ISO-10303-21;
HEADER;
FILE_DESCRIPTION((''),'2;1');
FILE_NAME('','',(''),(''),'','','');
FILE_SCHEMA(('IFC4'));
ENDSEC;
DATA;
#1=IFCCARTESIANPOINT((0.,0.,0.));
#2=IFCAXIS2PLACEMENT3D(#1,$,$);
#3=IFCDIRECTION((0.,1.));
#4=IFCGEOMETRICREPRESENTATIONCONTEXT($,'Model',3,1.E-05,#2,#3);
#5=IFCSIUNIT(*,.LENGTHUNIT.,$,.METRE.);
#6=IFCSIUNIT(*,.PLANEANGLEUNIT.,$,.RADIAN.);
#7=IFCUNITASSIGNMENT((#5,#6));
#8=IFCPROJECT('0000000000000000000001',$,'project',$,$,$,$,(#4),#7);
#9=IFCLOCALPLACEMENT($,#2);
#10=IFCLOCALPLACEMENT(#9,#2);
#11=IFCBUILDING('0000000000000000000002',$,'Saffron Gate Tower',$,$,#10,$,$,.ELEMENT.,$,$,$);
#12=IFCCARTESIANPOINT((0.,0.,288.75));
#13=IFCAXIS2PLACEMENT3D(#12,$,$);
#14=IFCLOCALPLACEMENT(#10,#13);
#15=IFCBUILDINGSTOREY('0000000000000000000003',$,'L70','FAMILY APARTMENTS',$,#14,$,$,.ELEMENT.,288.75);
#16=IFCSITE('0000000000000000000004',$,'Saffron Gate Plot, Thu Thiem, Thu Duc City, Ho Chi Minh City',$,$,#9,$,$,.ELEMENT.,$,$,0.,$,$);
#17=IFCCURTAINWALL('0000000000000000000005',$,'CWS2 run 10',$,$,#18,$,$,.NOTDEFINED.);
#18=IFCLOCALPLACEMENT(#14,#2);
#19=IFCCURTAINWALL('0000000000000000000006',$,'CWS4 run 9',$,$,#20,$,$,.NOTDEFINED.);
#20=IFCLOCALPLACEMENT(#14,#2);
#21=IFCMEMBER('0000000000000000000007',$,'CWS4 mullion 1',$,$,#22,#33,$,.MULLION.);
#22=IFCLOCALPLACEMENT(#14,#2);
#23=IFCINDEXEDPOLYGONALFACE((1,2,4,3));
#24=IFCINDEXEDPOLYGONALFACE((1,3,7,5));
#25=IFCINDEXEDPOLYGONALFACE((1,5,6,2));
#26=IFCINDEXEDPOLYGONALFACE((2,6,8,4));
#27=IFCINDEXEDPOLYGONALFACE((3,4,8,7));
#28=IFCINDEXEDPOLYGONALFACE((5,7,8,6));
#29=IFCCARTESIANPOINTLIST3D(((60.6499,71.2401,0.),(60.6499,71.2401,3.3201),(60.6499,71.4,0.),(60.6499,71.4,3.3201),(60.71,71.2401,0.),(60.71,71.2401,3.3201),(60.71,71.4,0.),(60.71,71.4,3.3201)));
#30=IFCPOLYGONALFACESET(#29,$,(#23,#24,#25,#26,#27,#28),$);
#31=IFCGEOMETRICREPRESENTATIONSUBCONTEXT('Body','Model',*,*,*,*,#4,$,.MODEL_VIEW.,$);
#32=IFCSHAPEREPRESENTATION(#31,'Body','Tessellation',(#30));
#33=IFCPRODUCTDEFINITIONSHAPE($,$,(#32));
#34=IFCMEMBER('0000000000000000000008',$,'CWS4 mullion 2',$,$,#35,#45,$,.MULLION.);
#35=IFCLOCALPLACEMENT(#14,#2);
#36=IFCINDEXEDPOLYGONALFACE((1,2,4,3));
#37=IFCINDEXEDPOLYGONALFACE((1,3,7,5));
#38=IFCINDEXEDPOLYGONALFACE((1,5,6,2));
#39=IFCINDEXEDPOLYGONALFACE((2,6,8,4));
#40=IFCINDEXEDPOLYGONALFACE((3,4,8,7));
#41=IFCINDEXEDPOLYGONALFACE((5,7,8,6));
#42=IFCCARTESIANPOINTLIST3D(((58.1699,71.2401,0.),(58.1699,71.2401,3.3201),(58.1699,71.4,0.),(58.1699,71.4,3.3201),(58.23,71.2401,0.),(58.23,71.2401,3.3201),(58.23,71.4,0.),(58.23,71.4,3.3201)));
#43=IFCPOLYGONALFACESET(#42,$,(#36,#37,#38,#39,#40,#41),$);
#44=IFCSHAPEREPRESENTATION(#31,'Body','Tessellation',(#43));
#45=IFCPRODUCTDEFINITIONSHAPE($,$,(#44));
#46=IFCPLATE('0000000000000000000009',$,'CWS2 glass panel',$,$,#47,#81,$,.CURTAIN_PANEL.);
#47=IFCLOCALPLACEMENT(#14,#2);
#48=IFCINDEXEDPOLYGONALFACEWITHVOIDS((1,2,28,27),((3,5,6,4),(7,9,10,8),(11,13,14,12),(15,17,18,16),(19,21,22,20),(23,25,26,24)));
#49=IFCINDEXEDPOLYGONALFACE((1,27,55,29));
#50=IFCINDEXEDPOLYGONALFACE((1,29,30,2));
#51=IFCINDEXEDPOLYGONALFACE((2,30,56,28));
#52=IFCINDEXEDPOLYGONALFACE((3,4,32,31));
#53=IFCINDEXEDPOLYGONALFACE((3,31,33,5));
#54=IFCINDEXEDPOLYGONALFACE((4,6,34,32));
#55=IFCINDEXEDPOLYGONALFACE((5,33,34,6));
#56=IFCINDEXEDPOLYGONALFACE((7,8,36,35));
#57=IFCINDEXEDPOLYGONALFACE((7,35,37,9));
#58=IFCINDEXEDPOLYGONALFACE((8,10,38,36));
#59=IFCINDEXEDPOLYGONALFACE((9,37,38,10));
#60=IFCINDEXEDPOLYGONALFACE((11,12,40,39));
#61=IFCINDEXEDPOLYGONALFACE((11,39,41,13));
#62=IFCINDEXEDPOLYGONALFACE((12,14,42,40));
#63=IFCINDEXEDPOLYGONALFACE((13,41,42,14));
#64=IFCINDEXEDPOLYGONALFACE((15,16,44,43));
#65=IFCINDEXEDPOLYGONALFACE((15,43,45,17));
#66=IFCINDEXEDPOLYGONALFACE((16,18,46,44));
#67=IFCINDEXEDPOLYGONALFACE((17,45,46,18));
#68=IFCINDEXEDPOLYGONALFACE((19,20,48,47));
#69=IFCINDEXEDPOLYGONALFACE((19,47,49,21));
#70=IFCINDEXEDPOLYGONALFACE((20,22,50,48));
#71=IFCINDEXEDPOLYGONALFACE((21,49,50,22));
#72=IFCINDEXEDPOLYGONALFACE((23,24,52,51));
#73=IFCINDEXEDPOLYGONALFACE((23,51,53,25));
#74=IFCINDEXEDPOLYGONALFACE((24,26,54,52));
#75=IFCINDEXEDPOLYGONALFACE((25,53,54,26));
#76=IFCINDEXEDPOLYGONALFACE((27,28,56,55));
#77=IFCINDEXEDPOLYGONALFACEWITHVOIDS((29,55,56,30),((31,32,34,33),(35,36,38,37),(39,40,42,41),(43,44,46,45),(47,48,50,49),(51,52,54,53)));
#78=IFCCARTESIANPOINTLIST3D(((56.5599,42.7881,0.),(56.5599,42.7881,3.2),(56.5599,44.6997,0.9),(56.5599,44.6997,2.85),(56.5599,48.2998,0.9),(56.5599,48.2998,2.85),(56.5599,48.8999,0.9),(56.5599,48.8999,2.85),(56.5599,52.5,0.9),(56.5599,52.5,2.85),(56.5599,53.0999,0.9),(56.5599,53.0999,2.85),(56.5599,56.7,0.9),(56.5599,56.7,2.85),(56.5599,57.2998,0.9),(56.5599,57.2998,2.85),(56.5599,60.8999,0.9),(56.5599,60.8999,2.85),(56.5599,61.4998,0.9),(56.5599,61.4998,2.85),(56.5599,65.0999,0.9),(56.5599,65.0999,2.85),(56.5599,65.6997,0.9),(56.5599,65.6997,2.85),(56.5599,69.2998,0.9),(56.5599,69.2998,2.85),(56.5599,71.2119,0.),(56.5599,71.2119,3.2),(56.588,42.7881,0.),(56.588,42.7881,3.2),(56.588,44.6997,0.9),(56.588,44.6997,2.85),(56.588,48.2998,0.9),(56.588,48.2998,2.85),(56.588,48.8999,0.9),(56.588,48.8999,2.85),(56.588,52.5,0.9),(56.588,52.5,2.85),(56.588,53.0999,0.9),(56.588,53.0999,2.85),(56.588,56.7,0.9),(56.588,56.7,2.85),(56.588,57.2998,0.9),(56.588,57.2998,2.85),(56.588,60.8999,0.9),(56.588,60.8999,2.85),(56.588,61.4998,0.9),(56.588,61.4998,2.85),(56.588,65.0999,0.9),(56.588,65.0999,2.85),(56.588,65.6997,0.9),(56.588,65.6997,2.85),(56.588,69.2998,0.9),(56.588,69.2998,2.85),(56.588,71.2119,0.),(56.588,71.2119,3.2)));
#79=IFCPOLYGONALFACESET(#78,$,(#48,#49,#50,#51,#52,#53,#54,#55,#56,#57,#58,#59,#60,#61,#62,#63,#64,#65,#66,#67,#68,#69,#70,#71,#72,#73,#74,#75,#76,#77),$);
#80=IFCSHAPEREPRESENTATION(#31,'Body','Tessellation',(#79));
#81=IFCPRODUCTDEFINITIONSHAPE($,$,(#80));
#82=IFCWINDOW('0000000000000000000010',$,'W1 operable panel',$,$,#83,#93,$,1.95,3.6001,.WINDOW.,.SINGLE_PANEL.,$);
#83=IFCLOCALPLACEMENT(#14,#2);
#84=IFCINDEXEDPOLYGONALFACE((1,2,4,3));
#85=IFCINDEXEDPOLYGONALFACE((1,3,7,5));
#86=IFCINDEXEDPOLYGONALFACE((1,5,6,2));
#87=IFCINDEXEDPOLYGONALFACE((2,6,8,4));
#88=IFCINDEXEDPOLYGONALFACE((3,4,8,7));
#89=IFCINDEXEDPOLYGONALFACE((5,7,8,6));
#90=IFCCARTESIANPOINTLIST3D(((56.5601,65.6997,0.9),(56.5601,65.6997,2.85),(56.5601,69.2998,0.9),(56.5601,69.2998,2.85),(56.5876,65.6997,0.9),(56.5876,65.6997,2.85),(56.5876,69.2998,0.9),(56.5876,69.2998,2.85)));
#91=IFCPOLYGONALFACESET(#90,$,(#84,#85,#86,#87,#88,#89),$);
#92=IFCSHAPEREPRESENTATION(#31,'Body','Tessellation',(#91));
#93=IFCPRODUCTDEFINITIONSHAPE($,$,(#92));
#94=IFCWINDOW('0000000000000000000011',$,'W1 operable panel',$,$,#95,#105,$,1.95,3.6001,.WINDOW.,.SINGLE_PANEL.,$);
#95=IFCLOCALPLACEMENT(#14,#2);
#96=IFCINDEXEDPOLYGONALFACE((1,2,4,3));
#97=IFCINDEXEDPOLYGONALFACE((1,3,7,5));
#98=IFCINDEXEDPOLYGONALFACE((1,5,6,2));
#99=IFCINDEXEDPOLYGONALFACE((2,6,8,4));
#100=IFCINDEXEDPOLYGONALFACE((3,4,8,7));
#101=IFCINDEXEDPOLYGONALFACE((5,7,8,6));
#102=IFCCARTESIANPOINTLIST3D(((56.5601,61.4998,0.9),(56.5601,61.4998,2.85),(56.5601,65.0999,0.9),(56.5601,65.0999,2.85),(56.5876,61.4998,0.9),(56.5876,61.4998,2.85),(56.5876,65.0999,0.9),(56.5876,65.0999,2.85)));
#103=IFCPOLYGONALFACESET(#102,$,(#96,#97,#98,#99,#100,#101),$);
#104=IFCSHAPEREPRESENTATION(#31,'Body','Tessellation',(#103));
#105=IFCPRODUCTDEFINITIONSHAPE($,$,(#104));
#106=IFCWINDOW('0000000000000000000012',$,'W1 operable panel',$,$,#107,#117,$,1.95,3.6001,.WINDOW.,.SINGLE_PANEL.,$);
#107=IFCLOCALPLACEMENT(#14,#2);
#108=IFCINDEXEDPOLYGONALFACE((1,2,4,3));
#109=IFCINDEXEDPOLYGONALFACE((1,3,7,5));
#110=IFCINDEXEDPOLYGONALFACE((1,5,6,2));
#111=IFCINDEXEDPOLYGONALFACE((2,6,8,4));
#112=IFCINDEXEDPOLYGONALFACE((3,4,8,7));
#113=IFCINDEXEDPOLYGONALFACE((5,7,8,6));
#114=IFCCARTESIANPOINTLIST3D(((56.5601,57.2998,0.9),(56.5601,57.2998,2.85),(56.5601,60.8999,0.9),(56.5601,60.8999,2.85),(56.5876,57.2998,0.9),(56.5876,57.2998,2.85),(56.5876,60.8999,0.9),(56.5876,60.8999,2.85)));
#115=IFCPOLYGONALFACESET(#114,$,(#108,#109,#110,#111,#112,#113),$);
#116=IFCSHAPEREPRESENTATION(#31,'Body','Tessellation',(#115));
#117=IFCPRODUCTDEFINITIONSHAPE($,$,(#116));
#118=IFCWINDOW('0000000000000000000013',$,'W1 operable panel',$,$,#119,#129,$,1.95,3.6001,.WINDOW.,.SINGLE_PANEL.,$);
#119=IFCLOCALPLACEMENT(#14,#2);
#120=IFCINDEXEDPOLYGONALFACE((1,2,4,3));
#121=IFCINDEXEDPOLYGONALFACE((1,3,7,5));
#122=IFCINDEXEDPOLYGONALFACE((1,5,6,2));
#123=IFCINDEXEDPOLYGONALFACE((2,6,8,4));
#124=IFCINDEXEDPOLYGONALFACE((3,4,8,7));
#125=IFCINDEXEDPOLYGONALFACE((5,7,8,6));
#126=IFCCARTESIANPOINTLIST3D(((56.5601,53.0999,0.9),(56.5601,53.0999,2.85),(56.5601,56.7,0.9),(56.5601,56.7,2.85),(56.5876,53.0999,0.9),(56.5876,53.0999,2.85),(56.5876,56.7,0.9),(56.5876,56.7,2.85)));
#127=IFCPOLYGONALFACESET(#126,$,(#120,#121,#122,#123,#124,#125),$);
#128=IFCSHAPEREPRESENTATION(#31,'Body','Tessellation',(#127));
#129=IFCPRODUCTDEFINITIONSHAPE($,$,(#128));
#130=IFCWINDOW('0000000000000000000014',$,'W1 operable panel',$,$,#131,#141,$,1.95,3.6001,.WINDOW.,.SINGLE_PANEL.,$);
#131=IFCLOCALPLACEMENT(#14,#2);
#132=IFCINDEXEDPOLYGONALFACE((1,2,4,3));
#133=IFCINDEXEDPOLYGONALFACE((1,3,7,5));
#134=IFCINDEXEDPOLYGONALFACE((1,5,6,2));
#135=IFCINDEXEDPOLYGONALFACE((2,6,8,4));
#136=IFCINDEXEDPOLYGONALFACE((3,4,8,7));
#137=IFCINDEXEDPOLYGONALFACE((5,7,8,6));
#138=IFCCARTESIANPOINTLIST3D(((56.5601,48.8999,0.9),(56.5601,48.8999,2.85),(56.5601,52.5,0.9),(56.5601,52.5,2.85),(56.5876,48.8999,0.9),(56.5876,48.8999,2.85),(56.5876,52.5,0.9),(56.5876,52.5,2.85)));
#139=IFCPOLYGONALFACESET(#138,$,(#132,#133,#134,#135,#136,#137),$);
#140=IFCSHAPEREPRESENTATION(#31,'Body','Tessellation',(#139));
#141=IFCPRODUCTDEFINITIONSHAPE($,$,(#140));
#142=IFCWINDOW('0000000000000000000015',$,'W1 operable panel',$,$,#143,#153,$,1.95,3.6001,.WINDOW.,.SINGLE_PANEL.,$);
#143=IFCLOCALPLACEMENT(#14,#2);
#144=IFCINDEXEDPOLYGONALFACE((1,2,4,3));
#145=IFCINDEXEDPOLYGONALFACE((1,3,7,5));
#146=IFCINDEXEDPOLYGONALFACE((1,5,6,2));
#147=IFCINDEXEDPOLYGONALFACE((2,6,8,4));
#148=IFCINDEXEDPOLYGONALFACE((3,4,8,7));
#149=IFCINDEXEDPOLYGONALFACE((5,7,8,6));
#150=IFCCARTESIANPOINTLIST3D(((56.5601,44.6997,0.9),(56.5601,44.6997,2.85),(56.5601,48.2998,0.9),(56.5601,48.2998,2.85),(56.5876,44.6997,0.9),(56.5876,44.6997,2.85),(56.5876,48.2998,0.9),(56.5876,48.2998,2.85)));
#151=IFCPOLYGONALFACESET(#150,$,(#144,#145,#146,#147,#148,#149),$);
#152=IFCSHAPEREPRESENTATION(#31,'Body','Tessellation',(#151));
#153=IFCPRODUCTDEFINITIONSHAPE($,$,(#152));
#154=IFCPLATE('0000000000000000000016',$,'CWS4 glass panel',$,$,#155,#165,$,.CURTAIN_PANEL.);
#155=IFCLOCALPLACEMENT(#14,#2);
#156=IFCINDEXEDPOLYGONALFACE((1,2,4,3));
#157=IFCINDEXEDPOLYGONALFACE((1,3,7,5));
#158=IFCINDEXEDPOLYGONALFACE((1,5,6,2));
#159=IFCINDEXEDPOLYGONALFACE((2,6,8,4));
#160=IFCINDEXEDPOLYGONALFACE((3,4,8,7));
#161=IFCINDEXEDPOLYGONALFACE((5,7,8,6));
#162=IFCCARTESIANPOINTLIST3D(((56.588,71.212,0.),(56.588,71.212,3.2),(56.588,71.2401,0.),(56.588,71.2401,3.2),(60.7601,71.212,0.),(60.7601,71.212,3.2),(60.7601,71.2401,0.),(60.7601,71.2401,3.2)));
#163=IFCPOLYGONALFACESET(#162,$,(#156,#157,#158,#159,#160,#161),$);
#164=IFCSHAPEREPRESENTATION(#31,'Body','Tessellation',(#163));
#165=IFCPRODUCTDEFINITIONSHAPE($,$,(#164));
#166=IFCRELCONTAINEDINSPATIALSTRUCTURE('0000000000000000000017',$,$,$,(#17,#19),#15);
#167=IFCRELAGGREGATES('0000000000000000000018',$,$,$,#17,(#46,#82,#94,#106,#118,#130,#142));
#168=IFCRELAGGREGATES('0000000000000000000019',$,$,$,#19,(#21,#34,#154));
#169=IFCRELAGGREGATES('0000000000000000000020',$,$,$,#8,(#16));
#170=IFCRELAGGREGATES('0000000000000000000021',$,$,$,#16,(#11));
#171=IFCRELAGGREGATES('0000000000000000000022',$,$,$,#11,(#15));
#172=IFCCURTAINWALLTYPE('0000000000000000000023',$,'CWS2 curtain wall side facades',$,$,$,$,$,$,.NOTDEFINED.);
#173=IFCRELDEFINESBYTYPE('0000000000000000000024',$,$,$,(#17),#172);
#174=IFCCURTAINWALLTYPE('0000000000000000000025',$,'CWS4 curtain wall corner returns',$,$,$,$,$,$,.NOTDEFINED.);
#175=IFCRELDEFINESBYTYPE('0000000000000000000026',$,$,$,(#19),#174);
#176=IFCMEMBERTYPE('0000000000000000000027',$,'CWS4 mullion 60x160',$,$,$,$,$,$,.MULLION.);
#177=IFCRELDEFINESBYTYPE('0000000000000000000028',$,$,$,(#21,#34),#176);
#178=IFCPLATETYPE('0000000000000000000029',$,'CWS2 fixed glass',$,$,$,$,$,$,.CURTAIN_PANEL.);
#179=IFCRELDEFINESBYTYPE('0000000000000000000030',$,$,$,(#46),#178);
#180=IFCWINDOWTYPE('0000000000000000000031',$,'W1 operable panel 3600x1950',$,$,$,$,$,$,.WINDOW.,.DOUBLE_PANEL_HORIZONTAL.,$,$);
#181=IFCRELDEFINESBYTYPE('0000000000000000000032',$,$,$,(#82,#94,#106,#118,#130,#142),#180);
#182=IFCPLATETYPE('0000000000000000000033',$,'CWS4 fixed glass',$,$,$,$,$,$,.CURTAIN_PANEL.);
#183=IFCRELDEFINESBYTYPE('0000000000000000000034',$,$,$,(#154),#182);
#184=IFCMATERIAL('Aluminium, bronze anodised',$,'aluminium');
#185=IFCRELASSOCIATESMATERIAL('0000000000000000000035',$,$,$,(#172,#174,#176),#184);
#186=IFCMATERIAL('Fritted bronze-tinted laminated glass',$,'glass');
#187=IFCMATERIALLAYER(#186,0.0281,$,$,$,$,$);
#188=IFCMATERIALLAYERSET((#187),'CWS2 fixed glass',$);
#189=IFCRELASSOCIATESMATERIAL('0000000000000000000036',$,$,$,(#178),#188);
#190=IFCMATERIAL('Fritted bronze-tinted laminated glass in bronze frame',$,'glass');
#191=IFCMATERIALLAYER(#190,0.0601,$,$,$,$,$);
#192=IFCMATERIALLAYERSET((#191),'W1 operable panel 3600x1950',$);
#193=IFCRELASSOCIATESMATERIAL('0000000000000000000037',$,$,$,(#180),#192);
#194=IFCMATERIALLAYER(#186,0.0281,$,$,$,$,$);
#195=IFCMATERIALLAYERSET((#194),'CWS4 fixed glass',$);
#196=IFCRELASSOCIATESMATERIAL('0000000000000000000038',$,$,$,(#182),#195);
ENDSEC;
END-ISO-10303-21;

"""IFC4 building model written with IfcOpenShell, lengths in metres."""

from ifc_helpers import new_model, si_unit, direction, frame, frame_2d, origin, origin_2d, place, context, subcontext, project, spatial, rectangle, extrude, material, layer, layer_set, material_profile, profile_set, type_object, element, fill, aggregate, save


model = new_model("IFC4")

# Units and contexts
model_context = context("Model", 3, precision=1e-05, world=origin(), true_north=direction((0.0, 1.0)))
body_context = subcontext(model_context, "Body", "Model", "MODEL_VIEW")
ifc_project = project(units=[si_unit("LENGTHUNIT", "METRE"), si_unit("PLANEANGLEUNIT", "RADIAN")], contexts=[model_context])

# Site, building, storey
site_placement = place(None, origin())
site = spatial("IfcSite", under=ifc_project, at=site_placement, Name="Saffron Gate Plot, Thu Thiem, Thu Duc City, Ho Chi Minh City", CompositionType="ELEMENT", RefElevation=0.0)
building_placement = place(site_placement, origin())
building = spatial("IfcBuilding", under=site, at=building_placement, Name="Saffron Gate Tower", CompositionType="ELEMENT")
storey_placement = place(building_placement, frame((0.0, 0.0, 288.75)))
storey = spatial("IfcBuildingStorey", under=building, at=storey_placement, Name="L70", Description="FAMILY APARTMENTS", CompositionType="ELEMENT", Elevation=288.75)

# Curtain walls, members
ifc_material_1 = material(Name="Aluminium, bronze anodised", Category="aluminium")
curtain_wall_type_1 = type_object("IfcCurtainWallType", Name="CWS2 curtain wall side facades", PredefinedType="NOTDEFINED", material=ifc_material_1)
curtain_wall_1_placement = place(storey_placement, origin())
curtain_wall_1 = element("IfcCurtainWall", 1, at=curtain_wall_1_placement, inside=storey, type_object=curtain_wall_type_1, Name="CWS2 run 10", PredefinedType="NOTDEFINED")
curtain_wall_type_2 = type_object("IfcCurtainWallType", Name="CWS4 curtain wall corner returns", PredefinedType="NOTDEFINED", material=ifc_material_1)
curtain_wall_2_placement = place(storey_placement, origin())
curtain_wall_2 = element("IfcCurtainWall", 2, at=curtain_wall_2_placement, inside=storey, type_object=curtain_wall_type_2, Name="CWS4 run 9", PredefinedType="NOTDEFINED")
ifc_material_profile_1 = material_profile(ifc_material_1, rectangle(XDim=0.1599, YDim=0.0601, at=origin_2d()))
ifc_profile_set_1 = profile_set([ifc_material_profile_1], Name="Aluminium, bronze anodised")
member_type_1 = type_object("IfcMemberType", Name="CWS4 mullion 60x160", PredefinedType="MULLION", material=ifc_profile_set_1)
member_1_placement = place(storey_placement, frame((60.6799, 71.3201, 0.0), z_axis=(0.0, 0.0, 1.0), x_axis=(0.0, -1.0, 0.0)))
member_1 = element("IfcMember", 3, at=member_1_placement, type_object=member_type_1, Name="CWS4 mullion 1", PredefinedType="MULLION", context=body_context, shape_type="SweptSolid", body=[
    extrude(rectangle(XDim=0.1599, YDim=0.0601, at=origin_2d()), origin(), (0.0, 0.0, 1.0), 3.3201),
])
member_2_placement = place(storey_placement, frame((58.2, 71.3201, 0.0), z_axis=(0.0, 0.0, 1.0), x_axis=(0.0, -1.0, 0.0)))
member_2 = element("IfcMember", 4, at=member_2_placement, type_object=member_type_1, Name="CWS4 mullion 2", PredefinedType="MULLION", context=body_context, shape_type="SweptSolid", body=[
    extrude(rectangle(XDim=0.1599, YDim=0.0601, at=origin_2d()), origin(), (0.0, 0.0, 1.0), 3.3201),
])

# Plate, openings, windows
ifc_material_2 = material(Name="Fritted bronze-tinted laminated glass", Category="glass")
ifc_layer_1 = layer(ifc_material_2, 0.0281)
ifc_layer_set_1 = layer_set([ifc_layer_1], Name="CWS2 fixed glass")
plate_type_1 = type_object("IfcPlateType", Name="CWS2 fixed glass", PredefinedType="CURTAIN_PANEL", material=ifc_layer_set_1)
plate_1_placement = place(storey_placement, frame((56.574, 71.2119, 0.0), z_axis=(0.0, 0.0, 1.0), x_axis=(0.0, -1.0, 0.0)))
plate_1 = element("IfcPlate", 5, at=plate_1_placement, type_object=plate_type_1, Name="CWS2 glass panel", PredefinedType="CURTAIN_PANEL", context=body_context, shape_type="SweptSolid", body=[
    extrude(rectangle(XDim=28.4238, YDim=0.0281, at=frame_2d((14.2119, 0.0))), origin(), (0.0, 0.0, 1.0), 3.2),
])
opening_1_placement = place(plate_1_placement, frame((1.9121, 0.0, 0.8999)))
opening_1 = element("IfcOpeningElement", 6, at=opening_1_placement, cuts=plate_1, PredefinedType="OPENING", context=body_context, shape_type="SweptSolid", body=[
    extrude(rectangle(XDim=3.6001, YDim=1.95, at=frame_2d((1.8, 0.9751))), frame((0.0, 0.0239, 0.0), z_axis=(0.0, -1.0, 0.0), x_axis=(1.0, 0.0, 0.0)), (0.0, 0.0, 1.0), 0.0481),
])
opening_2_placement = place(plate_1_placement, frame((6.1121, 0.0, 0.8999)))
opening_2 = element("IfcOpeningElement", 7, at=opening_2_placement, cuts=plate_1, PredefinedType="OPENING", context=body_context, shape_type="SweptSolid", body=[
    extrude(rectangle(XDim=3.6001, YDim=1.95, at=frame_2d((1.8, 0.9751))), frame((0.0, 0.0239, 0.0), z_axis=(0.0, -1.0, 0.0), x_axis=(1.0, 0.0, 0.0)), (0.0, 0.0, 1.0), 0.0481),
])
opening_3_placement = place(plate_1_placement, frame((10.312, 0.0, 0.8999)))
opening_3 = element("IfcOpeningElement", 8, at=opening_3_placement, cuts=plate_1, PredefinedType="OPENING", context=body_context, shape_type="SweptSolid", body=[
    extrude(rectangle(XDim=3.6001, YDim=1.95, at=frame_2d((1.8, 0.9751))), frame((0.0, 0.0239, 0.0), z_axis=(0.0, -1.0, 0.0), x_axis=(1.0, 0.0, 0.0)), (0.0, 0.0, 1.0), 0.0481),
])
opening_4_placement = place(plate_1_placement, frame((14.512, 0.0, 0.8999)))
opening_4 = element("IfcOpeningElement", 9, at=opening_4_placement, cuts=plate_1, PredefinedType="OPENING", context=body_context, shape_type="SweptSolid", body=[
    extrude(rectangle(XDim=3.6001, YDim=1.95, at=frame_2d((1.8, 0.9751))), frame((0.0, 0.0239, 0.0), z_axis=(0.0, -1.0, 0.0), x_axis=(1.0, 0.0, 0.0)), (0.0, 0.0, 1.0), 0.0481),
])
opening_5_placement = place(plate_1_placement, frame((18.7119, 0.0, 0.8999)))
opening_5 = element("IfcOpeningElement", 10, at=opening_5_placement, cuts=plate_1, PredefinedType="OPENING", context=body_context, shape_type="SweptSolid", body=[
    extrude(rectangle(XDim=3.6001, YDim=1.95, at=frame_2d((1.8, 0.9751))), frame((0.0, 0.0239, 0.0), z_axis=(0.0, -1.0, 0.0), x_axis=(1.0, 0.0, 0.0)), (0.0, 0.0, 1.0), 0.0481),
])
opening_6_placement = place(plate_1_placement, frame((22.9121, 0.0, 0.8999)))
opening_6 = element("IfcOpeningElement", 11, at=opening_6_placement, cuts=plate_1, PredefinedType="OPENING", context=body_context, shape_type="SweptSolid", body=[
    extrude(rectangle(XDim=3.6001, YDim=1.95, at=frame_2d((1.8, 0.9751))), frame((0.0, 0.0239, 0.0), z_axis=(0.0, -1.0, 0.0), x_axis=(1.0, 0.0, 0.0)), (0.0, 0.0, 1.0), 0.0481),
])
ifc_material_3 = material(Name="Fritted bronze-tinted laminated glass in bronze frame", Category="glass")
ifc_layer_2 = layer(ifc_material_3, 0.0601)
ifc_layer_set_2 = layer_set([ifc_layer_2], Name="W1 operable panel 3600x1950")
window_type = type_object("IfcWindowType", Name="W1 operable panel 3600x1950", PartitioningType="DOUBLE_PANEL_HORIZONTAL", PredefinedType="WINDOW", material=ifc_layer_set_2)
window_1_placement = place(opening_1_placement, origin())
window_1 = element("IfcWindow", 12, at=window_1_placement, type_object=window_type, Name="W1 operable panel", OverallHeight=1.95, OverallWidth=3.6001, PartitioningType="SINGLE_PANEL", PredefinedType="WINDOW", context=body_context, shape_type="SweptSolid", body=[
    extrude(rectangle(XDim=3.6001, YDim=1.95, at=frame_2d((1.8, 0.9751))), frame((0.0, 0.0137, 0.0), z_axis=(0.0, -1.0, 0.0), x_axis=(1.0, 0.0, 0.0)), (0.0, 0.0, 1.0), 0.0276),
])
fill(opening_1, window_1)
window_2_placement = place(opening_2_placement, origin())
window_2 = element("IfcWindow", 13, at=window_2_placement, type_object=window_type, Name="W1 operable panel", OverallHeight=1.95, OverallWidth=3.6001, PartitioningType="SINGLE_PANEL", PredefinedType="WINDOW", context=body_context, shape_type="SweptSolid", body=[
    extrude(rectangle(XDim=3.6001, YDim=1.95, at=frame_2d((1.8, 0.9751))), frame((0.0, 0.0137, 0.0), z_axis=(0.0, -1.0, 0.0), x_axis=(1.0, 0.0, 0.0)), (0.0, 0.0, 1.0), 0.0276),
])
fill(opening_2, window_2)
window_3_placement = place(opening_3_placement, origin())
window_3 = element("IfcWindow", 14, at=window_3_placement, type_object=window_type, Name="W1 operable panel", OverallHeight=1.95, OverallWidth=3.6001, PartitioningType="SINGLE_PANEL", PredefinedType="WINDOW", context=body_context, shape_type="SweptSolid", body=[
    extrude(rectangle(XDim=3.6001, YDim=1.95, at=frame_2d((1.8, 0.9751))), frame((0.0, 0.0137, 0.0), z_axis=(0.0, -1.0, 0.0), x_axis=(1.0, 0.0, 0.0)), (0.0, 0.0, 1.0), 0.0276),
])
fill(opening_3, window_3)
window_4_placement = place(opening_4_placement, origin())
window_4 = element("IfcWindow", 15, at=window_4_placement, type_object=window_type, Name="W1 operable panel", OverallHeight=1.95, OverallWidth=3.6001, PartitioningType="SINGLE_PANEL", PredefinedType="WINDOW", context=body_context, shape_type="SweptSolid", body=[
    extrude(rectangle(XDim=3.6001, YDim=1.95, at=frame_2d((1.8, 0.9751))), frame((0.0, 0.0137, 0.0), z_axis=(0.0, -1.0, 0.0), x_axis=(1.0, 0.0, 0.0)), (0.0, 0.0, 1.0), 0.0276),
])
fill(opening_4, window_4)
window_5_placement = place(opening_5_placement, origin())
window_5 = element("IfcWindow", 16, at=window_5_placement, type_object=window_type, Name="W1 operable panel", OverallHeight=1.95, OverallWidth=3.6001, PartitioningType="SINGLE_PANEL", PredefinedType="WINDOW", context=body_context, shape_type="SweptSolid", body=[
    extrude(rectangle(XDim=3.6001, YDim=1.95, at=frame_2d((1.8, 0.9751))), frame((0.0, 0.0137, 0.0), z_axis=(0.0, -1.0, 0.0), x_axis=(1.0, 0.0, 0.0)), (0.0, 0.0, 1.0), 0.0276),
])
fill(opening_5, window_5)
window_6_placement = place(opening_6_placement, origin())
window_6 = element("IfcWindow", 17, at=window_6_placement, type_object=window_type, Name="W1 operable panel", OverallHeight=1.95, OverallWidth=3.6001, PartitioningType="SINGLE_PANEL", PredefinedType="WINDOW", context=body_context, shape_type="SweptSolid", body=[
    extrude(rectangle(XDim=3.6001, YDim=1.95, at=frame_2d((1.8, 0.9751))), frame((0.0, 0.0137, 0.0), z_axis=(0.0, -1.0, 0.0), x_axis=(1.0, 0.0, 0.0)), (0.0, 0.0, 1.0), 0.0276),
])
fill(opening_6, window_6)
aggregate(curtain_wall_1, [plate_1, window_1, window_2, window_3, window_4, window_5, window_6])

# Plate
ifc_layer_3 = layer(ifc_material_2, 0.0281)
ifc_layer_set_3 = layer_set([ifc_layer_3], Name="CWS4 fixed glass")
plate_type_2 = type_object("IfcPlateType", Name="CWS4 fixed glass", PredefinedType="CURTAIN_PANEL", material=ifc_layer_set_3)
plate_2_placement = place(storey_placement, frame((60.76, 71.2261, 0.0), z_axis=(0.0, 0.0, 1.0), x_axis=(-1.0, 0.0, 0.0)))
plate_2 = element("IfcPlate", 18, at=plate_2_placement, type_object=plate_type_2, Name="CWS4 glass panel", PredefinedType="CURTAIN_PANEL", context=body_context, shape_type="SweptSolid", body=[
    extrude(rectangle(XDim=4.1721, YDim=0.0281, at=frame_2d((2.0859, 0.0))), origin(), (0.0, 0.0, 1.0), 3.2),
])
aggregate(curtain_wall_2, [member_1, member_2, plate_2])

save(model, "model.ifc")
